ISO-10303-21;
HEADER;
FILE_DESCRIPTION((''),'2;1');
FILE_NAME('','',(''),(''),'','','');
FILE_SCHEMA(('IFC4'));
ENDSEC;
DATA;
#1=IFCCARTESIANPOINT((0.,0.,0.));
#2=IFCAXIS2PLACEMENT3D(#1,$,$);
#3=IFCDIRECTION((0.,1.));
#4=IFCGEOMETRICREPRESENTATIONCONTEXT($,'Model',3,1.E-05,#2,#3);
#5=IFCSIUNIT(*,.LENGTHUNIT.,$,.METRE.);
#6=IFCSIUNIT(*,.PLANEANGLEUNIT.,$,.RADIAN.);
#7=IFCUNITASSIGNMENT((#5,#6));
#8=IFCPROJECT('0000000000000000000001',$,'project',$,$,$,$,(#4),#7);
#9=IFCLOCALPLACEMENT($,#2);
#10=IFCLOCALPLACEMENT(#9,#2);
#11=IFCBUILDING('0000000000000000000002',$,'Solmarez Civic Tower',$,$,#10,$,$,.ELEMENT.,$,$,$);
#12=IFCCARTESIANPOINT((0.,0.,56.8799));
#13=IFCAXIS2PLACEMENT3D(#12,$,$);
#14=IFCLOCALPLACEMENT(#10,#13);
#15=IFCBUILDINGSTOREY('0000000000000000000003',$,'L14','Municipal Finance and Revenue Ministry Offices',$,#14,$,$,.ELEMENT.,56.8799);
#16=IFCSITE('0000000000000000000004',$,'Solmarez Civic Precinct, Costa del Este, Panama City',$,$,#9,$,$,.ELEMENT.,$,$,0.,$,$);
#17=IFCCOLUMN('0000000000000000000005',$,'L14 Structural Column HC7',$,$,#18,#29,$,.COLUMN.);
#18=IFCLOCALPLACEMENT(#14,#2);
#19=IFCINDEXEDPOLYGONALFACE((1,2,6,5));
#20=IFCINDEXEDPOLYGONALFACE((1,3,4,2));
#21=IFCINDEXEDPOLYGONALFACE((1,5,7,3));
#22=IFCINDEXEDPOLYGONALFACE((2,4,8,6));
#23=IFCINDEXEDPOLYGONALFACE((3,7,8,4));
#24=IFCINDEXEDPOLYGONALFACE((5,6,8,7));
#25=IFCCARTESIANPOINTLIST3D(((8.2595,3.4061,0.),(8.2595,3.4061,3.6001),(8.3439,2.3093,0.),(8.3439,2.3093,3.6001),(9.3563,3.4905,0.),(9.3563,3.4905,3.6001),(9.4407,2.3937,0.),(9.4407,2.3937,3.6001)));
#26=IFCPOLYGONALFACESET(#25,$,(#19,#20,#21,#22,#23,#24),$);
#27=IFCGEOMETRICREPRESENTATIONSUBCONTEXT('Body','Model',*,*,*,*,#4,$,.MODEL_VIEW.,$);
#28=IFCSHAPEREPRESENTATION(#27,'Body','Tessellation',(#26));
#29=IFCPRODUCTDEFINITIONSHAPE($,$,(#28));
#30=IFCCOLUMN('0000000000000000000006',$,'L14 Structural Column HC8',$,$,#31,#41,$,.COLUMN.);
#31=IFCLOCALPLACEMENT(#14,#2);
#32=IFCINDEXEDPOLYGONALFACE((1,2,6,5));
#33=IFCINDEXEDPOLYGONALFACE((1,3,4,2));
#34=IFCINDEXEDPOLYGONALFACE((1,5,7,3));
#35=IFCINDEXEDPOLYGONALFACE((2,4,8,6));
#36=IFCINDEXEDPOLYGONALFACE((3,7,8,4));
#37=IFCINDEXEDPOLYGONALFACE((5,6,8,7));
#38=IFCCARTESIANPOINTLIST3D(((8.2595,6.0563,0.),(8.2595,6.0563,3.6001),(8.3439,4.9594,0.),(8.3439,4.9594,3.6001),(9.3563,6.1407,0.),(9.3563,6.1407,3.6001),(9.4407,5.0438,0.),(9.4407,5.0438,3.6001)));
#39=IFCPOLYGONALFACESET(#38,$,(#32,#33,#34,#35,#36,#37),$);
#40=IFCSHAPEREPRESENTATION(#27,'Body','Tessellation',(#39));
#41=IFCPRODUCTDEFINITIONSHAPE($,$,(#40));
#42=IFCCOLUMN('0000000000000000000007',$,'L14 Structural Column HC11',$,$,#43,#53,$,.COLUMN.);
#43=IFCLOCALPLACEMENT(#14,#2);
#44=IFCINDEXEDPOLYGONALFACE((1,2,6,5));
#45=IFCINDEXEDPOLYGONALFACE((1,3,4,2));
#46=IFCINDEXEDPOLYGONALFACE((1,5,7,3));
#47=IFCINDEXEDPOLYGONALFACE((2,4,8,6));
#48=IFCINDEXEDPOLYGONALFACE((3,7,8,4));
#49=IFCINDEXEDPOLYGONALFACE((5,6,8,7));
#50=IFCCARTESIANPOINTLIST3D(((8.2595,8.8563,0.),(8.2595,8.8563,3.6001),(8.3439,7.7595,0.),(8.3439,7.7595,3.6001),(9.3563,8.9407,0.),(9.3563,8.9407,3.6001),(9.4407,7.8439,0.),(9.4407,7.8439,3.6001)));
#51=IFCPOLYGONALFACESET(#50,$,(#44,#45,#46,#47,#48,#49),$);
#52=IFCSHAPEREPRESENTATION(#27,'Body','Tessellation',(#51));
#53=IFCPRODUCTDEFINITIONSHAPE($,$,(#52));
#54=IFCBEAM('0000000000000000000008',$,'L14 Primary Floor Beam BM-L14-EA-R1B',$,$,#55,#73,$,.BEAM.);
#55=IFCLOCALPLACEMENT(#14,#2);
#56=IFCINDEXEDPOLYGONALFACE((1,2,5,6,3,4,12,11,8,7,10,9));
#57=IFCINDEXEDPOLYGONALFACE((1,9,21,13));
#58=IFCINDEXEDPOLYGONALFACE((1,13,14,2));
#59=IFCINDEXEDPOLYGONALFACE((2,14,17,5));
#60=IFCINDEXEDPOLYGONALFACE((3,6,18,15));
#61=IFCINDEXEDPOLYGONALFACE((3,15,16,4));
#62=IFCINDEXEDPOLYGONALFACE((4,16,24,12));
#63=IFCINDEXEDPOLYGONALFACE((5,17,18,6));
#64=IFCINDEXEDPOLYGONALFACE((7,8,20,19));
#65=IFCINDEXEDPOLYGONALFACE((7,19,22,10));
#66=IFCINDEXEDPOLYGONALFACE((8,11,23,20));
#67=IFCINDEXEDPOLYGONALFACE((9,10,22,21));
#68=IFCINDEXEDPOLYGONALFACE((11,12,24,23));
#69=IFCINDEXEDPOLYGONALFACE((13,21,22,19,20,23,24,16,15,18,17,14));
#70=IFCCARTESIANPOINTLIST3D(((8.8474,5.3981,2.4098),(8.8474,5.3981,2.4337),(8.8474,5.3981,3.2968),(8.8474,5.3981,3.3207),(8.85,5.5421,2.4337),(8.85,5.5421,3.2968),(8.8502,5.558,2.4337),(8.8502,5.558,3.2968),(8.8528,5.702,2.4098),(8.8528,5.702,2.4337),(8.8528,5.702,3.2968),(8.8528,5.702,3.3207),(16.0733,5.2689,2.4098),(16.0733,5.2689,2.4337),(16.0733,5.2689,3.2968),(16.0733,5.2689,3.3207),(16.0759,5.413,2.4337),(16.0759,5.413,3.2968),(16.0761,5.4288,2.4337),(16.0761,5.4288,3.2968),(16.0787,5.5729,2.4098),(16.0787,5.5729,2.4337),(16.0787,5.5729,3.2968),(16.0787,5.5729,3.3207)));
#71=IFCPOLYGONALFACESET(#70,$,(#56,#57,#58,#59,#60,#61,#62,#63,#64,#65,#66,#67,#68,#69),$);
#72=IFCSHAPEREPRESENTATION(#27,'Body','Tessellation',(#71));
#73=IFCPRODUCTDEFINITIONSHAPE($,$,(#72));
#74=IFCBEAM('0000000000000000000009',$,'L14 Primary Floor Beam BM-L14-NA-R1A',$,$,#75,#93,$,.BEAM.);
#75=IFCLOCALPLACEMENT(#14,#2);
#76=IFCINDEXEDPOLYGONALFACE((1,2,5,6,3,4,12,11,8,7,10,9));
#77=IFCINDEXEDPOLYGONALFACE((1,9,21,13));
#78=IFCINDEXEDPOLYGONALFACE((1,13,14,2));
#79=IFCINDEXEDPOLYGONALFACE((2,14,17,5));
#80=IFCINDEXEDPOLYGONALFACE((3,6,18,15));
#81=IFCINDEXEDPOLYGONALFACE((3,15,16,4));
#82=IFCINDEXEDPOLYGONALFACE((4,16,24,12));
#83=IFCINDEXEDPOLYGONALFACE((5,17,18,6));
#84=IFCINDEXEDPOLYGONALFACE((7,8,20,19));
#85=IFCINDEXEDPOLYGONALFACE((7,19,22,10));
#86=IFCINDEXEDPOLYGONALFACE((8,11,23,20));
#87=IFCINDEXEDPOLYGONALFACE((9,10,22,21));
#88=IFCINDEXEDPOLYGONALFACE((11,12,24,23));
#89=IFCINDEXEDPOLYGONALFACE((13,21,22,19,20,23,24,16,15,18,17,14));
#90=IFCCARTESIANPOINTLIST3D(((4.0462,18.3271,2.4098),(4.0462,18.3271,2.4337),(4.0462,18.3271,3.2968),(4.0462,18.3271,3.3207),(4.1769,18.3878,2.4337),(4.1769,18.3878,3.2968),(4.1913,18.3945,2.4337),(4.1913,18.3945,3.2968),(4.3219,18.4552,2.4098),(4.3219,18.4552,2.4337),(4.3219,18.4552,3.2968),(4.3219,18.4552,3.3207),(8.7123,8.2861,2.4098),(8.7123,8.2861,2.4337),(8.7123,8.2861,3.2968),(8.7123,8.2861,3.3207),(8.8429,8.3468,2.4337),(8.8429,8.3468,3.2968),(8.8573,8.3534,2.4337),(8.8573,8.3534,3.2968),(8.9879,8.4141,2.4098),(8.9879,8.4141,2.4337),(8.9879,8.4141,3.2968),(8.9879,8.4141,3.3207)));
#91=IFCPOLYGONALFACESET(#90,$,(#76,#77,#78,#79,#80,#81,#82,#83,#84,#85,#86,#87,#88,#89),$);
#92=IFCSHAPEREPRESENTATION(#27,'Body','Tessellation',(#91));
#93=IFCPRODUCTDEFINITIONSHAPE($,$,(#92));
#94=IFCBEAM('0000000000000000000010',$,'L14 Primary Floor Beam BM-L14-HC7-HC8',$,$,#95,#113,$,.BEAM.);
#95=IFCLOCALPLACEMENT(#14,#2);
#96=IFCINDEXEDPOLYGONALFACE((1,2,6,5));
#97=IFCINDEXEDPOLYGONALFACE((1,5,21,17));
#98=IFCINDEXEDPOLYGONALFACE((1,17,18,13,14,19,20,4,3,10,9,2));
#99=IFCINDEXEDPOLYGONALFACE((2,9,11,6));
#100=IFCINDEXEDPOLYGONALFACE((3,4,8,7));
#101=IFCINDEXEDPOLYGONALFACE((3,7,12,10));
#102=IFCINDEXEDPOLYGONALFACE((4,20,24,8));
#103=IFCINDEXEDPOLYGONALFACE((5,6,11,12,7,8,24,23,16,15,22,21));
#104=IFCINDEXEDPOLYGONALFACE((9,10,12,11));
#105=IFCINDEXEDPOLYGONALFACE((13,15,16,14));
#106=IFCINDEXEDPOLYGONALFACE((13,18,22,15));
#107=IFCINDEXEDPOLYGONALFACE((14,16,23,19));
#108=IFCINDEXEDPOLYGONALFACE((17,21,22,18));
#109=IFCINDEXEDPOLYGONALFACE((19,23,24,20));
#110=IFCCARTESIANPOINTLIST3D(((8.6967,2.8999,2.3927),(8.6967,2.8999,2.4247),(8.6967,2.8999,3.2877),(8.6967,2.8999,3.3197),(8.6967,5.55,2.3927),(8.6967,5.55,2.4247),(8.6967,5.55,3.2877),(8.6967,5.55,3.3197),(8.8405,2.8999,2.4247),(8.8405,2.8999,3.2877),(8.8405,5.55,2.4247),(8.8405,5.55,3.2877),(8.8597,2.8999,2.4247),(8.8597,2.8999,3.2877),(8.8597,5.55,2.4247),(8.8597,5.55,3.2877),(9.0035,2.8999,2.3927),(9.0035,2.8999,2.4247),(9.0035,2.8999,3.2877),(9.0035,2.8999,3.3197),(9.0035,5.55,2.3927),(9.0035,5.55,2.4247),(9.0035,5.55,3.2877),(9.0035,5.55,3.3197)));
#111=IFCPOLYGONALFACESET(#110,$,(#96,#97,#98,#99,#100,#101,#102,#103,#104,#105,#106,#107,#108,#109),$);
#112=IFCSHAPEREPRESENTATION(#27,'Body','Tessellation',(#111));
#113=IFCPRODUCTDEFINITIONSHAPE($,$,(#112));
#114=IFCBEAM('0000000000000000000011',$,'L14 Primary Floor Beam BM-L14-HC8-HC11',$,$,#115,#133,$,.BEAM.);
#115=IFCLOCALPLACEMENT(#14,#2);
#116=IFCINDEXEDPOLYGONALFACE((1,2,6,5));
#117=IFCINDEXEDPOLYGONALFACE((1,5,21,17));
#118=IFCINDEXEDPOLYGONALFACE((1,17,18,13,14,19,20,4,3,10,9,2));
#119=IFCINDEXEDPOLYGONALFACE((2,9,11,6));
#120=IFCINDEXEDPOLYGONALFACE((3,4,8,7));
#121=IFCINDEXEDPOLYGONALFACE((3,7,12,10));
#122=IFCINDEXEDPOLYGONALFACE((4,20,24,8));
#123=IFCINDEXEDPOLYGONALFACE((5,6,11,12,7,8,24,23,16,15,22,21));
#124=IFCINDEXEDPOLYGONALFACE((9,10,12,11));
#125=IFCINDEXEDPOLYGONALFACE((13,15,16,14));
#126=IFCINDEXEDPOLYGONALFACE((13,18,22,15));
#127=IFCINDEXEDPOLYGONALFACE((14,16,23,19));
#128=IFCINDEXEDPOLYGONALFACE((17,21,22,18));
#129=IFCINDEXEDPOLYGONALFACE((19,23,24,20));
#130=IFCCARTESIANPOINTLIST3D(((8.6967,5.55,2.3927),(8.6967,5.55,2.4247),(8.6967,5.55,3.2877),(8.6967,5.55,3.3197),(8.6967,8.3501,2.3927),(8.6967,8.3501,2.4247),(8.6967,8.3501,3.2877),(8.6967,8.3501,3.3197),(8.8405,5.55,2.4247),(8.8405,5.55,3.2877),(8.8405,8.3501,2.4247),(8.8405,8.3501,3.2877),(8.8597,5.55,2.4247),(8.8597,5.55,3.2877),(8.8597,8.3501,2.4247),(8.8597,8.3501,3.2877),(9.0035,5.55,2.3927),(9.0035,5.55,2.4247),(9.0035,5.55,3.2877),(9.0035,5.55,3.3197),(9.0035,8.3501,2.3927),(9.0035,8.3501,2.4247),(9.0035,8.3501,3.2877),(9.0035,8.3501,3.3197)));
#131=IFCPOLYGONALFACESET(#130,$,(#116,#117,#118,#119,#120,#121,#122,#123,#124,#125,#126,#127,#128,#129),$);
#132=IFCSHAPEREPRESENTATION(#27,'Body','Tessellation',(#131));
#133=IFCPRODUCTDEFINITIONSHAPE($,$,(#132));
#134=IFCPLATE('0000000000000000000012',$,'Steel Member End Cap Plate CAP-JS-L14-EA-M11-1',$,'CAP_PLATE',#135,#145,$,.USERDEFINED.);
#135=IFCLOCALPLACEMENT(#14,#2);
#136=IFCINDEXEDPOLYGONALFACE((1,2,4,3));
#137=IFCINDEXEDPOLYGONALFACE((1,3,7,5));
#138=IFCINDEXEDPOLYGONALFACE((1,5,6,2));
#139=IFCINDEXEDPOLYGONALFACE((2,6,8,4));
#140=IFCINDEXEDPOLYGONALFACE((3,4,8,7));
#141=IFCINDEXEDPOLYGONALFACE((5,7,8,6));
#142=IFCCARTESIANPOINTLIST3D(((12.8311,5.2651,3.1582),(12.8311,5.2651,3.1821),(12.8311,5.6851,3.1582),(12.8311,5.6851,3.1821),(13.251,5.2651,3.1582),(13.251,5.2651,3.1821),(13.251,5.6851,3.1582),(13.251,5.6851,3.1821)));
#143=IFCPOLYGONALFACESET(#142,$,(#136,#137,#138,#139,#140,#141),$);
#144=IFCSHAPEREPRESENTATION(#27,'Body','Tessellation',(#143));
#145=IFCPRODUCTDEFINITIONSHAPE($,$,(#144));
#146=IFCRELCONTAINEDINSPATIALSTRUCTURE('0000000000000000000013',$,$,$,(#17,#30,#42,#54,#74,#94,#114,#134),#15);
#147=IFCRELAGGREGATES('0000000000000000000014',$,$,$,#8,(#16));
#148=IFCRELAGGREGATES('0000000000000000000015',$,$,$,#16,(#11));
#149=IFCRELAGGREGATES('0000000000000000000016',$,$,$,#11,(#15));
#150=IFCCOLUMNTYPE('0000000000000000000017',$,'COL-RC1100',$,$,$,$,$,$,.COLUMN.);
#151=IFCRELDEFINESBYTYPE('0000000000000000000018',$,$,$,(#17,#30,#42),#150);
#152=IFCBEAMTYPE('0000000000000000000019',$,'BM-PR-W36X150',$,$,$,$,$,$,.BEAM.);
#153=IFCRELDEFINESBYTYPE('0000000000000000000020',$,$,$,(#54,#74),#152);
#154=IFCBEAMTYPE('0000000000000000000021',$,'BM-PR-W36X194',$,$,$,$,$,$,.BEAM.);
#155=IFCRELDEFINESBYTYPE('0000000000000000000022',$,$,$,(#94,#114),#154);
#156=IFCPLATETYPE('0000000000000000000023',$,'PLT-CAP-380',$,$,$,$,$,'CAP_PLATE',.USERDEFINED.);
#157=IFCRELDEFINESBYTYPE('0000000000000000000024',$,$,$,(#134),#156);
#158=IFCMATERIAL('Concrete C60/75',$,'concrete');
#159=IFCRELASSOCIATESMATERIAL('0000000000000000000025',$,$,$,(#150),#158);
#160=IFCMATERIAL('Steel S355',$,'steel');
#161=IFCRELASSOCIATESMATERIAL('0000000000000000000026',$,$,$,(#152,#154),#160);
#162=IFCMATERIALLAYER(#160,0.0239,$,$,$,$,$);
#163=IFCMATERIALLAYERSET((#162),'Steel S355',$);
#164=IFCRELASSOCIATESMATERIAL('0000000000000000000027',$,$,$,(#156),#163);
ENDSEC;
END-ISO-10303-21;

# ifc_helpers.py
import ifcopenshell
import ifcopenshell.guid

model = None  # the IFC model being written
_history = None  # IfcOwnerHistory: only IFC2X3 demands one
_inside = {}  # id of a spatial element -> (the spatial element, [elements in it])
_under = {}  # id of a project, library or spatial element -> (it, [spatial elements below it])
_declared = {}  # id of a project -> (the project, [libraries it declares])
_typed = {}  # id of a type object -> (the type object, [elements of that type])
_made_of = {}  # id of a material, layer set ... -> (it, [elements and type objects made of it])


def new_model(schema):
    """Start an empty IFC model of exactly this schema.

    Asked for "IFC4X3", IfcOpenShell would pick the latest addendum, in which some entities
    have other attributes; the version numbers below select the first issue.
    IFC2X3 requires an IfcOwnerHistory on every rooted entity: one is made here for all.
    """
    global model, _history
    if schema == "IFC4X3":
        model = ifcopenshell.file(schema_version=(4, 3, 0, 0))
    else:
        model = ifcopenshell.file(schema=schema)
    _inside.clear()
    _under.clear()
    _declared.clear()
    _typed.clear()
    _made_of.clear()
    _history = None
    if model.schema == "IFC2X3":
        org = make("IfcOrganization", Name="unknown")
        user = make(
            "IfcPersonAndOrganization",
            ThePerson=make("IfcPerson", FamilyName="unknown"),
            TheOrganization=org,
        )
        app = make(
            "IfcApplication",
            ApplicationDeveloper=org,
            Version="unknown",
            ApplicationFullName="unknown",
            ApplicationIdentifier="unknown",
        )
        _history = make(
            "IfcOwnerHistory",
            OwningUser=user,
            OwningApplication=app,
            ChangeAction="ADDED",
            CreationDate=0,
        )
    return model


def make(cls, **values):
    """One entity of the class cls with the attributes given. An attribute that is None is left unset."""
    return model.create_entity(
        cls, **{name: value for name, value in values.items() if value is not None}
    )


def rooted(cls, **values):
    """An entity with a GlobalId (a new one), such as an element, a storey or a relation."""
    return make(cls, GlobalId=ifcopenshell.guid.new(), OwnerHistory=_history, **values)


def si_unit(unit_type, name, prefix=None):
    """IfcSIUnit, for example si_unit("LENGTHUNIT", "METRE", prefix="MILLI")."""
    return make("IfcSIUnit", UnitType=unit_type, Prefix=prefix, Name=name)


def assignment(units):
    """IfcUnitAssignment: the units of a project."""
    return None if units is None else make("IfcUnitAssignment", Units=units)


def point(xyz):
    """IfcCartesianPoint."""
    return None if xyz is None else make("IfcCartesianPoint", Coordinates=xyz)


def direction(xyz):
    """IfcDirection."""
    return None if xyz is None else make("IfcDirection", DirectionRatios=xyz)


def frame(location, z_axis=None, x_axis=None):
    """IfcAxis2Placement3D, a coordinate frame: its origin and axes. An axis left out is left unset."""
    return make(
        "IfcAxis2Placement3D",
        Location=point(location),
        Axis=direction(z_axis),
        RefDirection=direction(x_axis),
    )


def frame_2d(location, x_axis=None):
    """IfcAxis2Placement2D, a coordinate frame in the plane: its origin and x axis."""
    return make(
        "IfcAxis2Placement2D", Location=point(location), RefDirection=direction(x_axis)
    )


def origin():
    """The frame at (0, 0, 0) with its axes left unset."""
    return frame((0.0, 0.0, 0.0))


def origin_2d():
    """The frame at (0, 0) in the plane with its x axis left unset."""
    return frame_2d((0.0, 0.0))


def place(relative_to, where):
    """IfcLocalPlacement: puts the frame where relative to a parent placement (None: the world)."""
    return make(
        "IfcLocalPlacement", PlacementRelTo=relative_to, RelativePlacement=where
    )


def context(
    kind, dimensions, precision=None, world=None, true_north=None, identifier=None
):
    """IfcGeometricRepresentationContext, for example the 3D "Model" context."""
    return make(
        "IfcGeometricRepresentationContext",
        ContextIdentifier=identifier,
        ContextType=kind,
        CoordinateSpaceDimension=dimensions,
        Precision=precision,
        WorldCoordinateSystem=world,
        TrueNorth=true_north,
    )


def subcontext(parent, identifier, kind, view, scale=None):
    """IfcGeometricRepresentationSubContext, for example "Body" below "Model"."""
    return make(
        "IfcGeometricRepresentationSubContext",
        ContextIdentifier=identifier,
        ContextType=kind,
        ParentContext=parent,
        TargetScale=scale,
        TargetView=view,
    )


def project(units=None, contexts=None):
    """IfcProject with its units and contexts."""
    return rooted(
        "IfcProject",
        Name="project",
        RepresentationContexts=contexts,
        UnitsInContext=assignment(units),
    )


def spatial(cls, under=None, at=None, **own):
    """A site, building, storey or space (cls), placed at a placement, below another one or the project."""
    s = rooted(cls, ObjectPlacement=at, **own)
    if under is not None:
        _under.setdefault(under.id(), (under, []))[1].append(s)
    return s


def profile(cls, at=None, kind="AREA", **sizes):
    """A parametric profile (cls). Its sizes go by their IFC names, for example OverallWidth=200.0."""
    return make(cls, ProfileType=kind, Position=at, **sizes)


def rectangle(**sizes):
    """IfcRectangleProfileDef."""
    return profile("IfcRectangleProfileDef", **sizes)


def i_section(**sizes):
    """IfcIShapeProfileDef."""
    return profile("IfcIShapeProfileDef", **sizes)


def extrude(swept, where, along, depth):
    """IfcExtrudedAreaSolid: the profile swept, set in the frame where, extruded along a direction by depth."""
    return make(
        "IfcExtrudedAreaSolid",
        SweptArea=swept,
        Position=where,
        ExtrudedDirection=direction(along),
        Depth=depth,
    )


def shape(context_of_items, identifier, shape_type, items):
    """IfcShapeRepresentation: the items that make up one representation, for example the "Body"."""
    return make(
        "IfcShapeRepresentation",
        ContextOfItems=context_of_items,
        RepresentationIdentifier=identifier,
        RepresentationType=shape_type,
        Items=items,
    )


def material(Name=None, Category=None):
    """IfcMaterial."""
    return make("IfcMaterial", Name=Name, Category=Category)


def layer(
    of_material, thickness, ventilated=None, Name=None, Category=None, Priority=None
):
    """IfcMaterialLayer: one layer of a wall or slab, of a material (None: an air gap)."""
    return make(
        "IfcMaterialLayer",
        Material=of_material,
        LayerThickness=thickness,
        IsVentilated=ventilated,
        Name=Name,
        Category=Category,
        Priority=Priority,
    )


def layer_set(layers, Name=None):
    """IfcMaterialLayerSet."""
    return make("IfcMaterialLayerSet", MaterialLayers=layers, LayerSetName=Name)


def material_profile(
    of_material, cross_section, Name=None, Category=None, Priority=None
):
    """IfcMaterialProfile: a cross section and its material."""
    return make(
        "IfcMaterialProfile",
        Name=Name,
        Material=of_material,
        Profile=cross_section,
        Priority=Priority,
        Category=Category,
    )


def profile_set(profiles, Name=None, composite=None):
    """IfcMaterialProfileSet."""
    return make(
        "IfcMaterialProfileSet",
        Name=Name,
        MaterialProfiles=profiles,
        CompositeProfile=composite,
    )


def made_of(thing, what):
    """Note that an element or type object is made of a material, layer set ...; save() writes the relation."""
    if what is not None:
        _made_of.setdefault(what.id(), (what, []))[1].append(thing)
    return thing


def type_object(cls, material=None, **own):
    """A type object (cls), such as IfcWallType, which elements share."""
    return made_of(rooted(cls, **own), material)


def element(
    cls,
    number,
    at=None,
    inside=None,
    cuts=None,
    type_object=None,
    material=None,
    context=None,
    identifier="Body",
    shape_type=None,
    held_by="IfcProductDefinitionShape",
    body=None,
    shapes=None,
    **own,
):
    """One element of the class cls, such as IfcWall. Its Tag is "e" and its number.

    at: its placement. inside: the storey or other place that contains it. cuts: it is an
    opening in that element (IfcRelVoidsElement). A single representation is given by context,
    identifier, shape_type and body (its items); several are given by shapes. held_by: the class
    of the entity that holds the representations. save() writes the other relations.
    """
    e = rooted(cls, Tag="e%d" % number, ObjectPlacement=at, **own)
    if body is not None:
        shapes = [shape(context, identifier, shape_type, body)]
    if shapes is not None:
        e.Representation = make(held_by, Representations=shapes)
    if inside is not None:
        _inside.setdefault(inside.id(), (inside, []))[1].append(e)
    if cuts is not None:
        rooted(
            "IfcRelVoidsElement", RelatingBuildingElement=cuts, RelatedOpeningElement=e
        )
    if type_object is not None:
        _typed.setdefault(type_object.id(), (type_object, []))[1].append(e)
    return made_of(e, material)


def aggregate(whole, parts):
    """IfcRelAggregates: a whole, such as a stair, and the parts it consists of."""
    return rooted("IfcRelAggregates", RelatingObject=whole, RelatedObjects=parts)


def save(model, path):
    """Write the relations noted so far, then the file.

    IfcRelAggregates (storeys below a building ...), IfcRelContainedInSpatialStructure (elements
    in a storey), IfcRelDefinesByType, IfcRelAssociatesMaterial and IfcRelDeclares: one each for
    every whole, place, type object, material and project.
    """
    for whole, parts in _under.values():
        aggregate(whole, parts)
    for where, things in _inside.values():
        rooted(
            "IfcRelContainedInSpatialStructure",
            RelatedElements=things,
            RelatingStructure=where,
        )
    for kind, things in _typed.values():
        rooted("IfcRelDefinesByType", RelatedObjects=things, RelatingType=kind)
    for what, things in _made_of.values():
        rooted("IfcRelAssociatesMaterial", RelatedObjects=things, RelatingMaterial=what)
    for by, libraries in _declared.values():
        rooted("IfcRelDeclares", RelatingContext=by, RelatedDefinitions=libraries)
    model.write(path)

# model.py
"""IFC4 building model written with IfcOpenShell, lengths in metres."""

from ifc_helpers import new_model, si_unit, direction, frame, origin, origin_2d, place, context, subcontext, project, spatial, rectangle, i_section, extrude, material, layer, layer_set, material_profile, profile_set, type_object, element, save


model = new_model("IFC4")

# Units and contexts
model_context = context("Model", 3, precision=1e-05, world=origin(), true_north=direction((0.0, 1.0)))
body_context = subcontext(model_context, "Body", "Model", "MODEL_VIEW")
ifc_project = project(units=[si_unit("LENGTHUNIT", "METRE"), si_unit("PLANEANGLEUNIT", "RADIAN")], contexts=[model_context])

# Site, building, storey
site_placement = place(None, origin())
site = spatial("IfcSite", under=ifc_project, at=site_placement, Name="Solmarez Civic Precinct, Costa del Este, Panama City", CompositionType="ELEMENT", RefElevation=0.0)
building_placement = place(site_placement, origin())
building = spatial("IfcBuilding", under=site, at=building_placement, Name="Solmarez Civic Tower", CompositionType="ELEMENT")
storey_placement = place(building_placement, frame((0.0, 0.0, 56.8799)))
storey = spatial("IfcBuildingStorey", under=building, at=storey_placement, Name="L14", Description="Municipal Finance and Revenue Ministry Offices", CompositionType="ELEMENT", Elevation=56.8799)

# Columns
ifc_material_1 = material(Name="Concrete C60/75", Category="concrete")
ifc_material_profile_1 = material_profile(ifc_material_1, rectangle(XDim=1.1001, YDim=1.1001, at=origin_2d()), Name="RC1100X1100")
ifc_profile_set_1 = profile_set([ifc_material_profile_1], Name="Concrete C60/75")
column_type = type_object("IfcColumnType", Name="COL-RC1100", PredefinedType="COLUMN", material=ifc_profile_set_1)
for number, where, z_axis, x_axis, name in (
    (1, (8.8501, 2.8999, 0.0), (0.0, 0.0, 1.0), (0.997053, 0.076719, 0.0), "L14 Structural Column HC7"),
    (2, (8.8501, 5.55, 0.0), (0.0, 0.0, 1.0), (0.997053, 0.076719, 0.0), "L14 Structural Column HC8"),
    (3, (8.8501, 8.3501, 0.0), (0.0, 0.0, 1.0), (0.997053, 0.076719, 0.0), "L14 Structural Column HC11"),
):
    element("IfcColumn", number, at=place(storey_placement, frame(where, z_axis=z_axis, x_axis=x_axis)), inside=storey, type_object=column_type, Name=name, PredefinedType="COLUMN", context=body_context, shape_type="SweptSolid", body=[
        extrude(rectangle(XDim=1.1001, YDim=1.1001, at=origin_2d()), origin(), (0.0, 0.0, 1.0), 3.6001),
    ])

# Beams
ifc_material_2 = material(Name="Steel S355", Category="steel")
ifc_material_profile_2 = material_profile(ifc_material_2, i_section(OverallWidth=0.304, OverallDepth=0.9109, WebThickness=0.0159, FlangeThickness=0.0239, at=origin_2d()), Name="W36X150")
ifc_profile_set_2 = profile_set([ifc_material_profile_2], Name="Steel S355")
beam_type_1 = type_object("IfcBeamType", Name="BM-PR-W36X150", PredefinedType="BEAM", material=ifc_profile_set_2)
beam_1_placement = place(storey_placement, frame((8.8501, 5.55, 2.8652), z_axis=(0.99984, -0.017871, 0.0), x_axis=(0.017871, 0.99984, 0.0)))
element("IfcBeam", 4, at=beam_1_placement, inside=storey, type_object=beam_type_1, Name="L14 Primary Floor Beam BM-L14-EA-R1B", PredefinedType="BEAM", context=body_context, shape_type="SweptSolid", body=[
    extrude(i_section(OverallWidth=0.304, OverallDepth=0.9109, WebThickness=0.0159, FlangeThickness=0.0239, at=origin_2d()), origin(), (0.0, 0.0, 1.0), 7.2271),
])
beam_2_placement = place(storey_placement, frame((8.8501, 8.3501, 2.8652), z_axis=(-0.421417, 0.906867, 0.0), x_axis=(-0.906867, -0.421417, 0.0)))
element("IfcBeam", 5, at=beam_2_placement, inside=storey, type_object=beam_type_1, Name="L14 Primary Floor Beam BM-L14-NA-R1A", PredefinedType="BEAM", context=body_context, shape_type="SweptSolid", body=[
    extrude(i_section(OverallWidth=0.304, OverallDepth=0.9109, WebThickness=0.0159, FlangeThickness=0.0239, at=origin_2d()), origin(), (0.0, 0.0, 1.0), 11.0723),
])
ifc_material_profile_3 = material_profile(ifc_material_2, i_section(OverallWidth=0.3069, OverallDepth=0.927, WebThickness=0.0193, FlangeThickness=0.032, at=origin_2d()), Name="W36X194")
ifc_profile_set_3 = profile_set([ifc_material_profile_3], Name="Steel S355")
beam_type_2 = type_object("IfcBeamType", Name="BM-PR-W36X194", PredefinedType="BEAM", material=ifc_profile_set_3)
beam_3_placement = place(storey_placement, frame((8.8501, 2.8999, 2.8562), z_axis=(0.0, 1.0, 0.0), x_axis=(-1.0, 0.0, 0.0)))
element("IfcBeam", 6, at=beam_3_placement, inside=storey, type_object=beam_type_2, Name="L14 Primary Floor Beam BM-L14-HC7-HC8", PredefinedType="BEAM", context=body_context, shape_type="SweptSolid", body=[
    extrude(i_section(OverallWidth=0.3069, OverallDepth=0.927, WebThickness=0.0193, FlangeThickness=0.032, at=origin_2d()), origin(), (0.0, 0.0, 1.0), 2.6501),
])
beam_4_placement = place(storey_placement, frame((8.8501, 5.55, 2.8562), z_axis=(0.0, 1.0, 0.0), x_axis=(-1.0, 0.0, 0.0)))
element("IfcBeam", 7, at=beam_4_placement, inside=storey, type_object=beam_type_2, Name="L14 Primary Floor Beam BM-L14-HC8-HC11", PredefinedType="BEAM", context=body_context, shape_type="SweptSolid", body=[
    extrude(i_section(OverallWidth=0.3069, OverallDepth=0.927, WebThickness=0.0193, FlangeThickness=0.032, at=origin_2d()), origin(), (0.0, 0.0, 1.0), 2.8),
])

# Plate
ifc_layer_1 = layer(ifc_material_2, 0.0239)
ifc_layer_set_1 = layer_set([ifc_layer_1], Name="Steel S355")
plate_type = type_object("IfcPlateType", Name="PLT-CAP-380", ElementType="CAP_PLATE", PredefinedType="USERDEFINED", material=ifc_layer_set_1)
plate_placement = place(storey_placement, frame((13.041, 5.4751, 3.1582), z_axis=(0.0, 0.0, 1.0), x_axis=(1.0, 0.0, 0.0)))
element("IfcPlate", 8, at=plate_placement, inside=storey, type_object=plate_type, Name="Steel Member End Cap Plate CAP-JS-L14-EA-M11-1", ObjectType="CAP_PLATE", PredefinedType="USERDEFINED", context=body_context, shape_type="SweptSolid", body=[
    extrude(rectangle(XDim=0.4199, YDim=0.4199, at=origin_2d()), origin(), (0.0, 0.0, 1.0), 0.0239),
])

save(model, "model.ifc")
